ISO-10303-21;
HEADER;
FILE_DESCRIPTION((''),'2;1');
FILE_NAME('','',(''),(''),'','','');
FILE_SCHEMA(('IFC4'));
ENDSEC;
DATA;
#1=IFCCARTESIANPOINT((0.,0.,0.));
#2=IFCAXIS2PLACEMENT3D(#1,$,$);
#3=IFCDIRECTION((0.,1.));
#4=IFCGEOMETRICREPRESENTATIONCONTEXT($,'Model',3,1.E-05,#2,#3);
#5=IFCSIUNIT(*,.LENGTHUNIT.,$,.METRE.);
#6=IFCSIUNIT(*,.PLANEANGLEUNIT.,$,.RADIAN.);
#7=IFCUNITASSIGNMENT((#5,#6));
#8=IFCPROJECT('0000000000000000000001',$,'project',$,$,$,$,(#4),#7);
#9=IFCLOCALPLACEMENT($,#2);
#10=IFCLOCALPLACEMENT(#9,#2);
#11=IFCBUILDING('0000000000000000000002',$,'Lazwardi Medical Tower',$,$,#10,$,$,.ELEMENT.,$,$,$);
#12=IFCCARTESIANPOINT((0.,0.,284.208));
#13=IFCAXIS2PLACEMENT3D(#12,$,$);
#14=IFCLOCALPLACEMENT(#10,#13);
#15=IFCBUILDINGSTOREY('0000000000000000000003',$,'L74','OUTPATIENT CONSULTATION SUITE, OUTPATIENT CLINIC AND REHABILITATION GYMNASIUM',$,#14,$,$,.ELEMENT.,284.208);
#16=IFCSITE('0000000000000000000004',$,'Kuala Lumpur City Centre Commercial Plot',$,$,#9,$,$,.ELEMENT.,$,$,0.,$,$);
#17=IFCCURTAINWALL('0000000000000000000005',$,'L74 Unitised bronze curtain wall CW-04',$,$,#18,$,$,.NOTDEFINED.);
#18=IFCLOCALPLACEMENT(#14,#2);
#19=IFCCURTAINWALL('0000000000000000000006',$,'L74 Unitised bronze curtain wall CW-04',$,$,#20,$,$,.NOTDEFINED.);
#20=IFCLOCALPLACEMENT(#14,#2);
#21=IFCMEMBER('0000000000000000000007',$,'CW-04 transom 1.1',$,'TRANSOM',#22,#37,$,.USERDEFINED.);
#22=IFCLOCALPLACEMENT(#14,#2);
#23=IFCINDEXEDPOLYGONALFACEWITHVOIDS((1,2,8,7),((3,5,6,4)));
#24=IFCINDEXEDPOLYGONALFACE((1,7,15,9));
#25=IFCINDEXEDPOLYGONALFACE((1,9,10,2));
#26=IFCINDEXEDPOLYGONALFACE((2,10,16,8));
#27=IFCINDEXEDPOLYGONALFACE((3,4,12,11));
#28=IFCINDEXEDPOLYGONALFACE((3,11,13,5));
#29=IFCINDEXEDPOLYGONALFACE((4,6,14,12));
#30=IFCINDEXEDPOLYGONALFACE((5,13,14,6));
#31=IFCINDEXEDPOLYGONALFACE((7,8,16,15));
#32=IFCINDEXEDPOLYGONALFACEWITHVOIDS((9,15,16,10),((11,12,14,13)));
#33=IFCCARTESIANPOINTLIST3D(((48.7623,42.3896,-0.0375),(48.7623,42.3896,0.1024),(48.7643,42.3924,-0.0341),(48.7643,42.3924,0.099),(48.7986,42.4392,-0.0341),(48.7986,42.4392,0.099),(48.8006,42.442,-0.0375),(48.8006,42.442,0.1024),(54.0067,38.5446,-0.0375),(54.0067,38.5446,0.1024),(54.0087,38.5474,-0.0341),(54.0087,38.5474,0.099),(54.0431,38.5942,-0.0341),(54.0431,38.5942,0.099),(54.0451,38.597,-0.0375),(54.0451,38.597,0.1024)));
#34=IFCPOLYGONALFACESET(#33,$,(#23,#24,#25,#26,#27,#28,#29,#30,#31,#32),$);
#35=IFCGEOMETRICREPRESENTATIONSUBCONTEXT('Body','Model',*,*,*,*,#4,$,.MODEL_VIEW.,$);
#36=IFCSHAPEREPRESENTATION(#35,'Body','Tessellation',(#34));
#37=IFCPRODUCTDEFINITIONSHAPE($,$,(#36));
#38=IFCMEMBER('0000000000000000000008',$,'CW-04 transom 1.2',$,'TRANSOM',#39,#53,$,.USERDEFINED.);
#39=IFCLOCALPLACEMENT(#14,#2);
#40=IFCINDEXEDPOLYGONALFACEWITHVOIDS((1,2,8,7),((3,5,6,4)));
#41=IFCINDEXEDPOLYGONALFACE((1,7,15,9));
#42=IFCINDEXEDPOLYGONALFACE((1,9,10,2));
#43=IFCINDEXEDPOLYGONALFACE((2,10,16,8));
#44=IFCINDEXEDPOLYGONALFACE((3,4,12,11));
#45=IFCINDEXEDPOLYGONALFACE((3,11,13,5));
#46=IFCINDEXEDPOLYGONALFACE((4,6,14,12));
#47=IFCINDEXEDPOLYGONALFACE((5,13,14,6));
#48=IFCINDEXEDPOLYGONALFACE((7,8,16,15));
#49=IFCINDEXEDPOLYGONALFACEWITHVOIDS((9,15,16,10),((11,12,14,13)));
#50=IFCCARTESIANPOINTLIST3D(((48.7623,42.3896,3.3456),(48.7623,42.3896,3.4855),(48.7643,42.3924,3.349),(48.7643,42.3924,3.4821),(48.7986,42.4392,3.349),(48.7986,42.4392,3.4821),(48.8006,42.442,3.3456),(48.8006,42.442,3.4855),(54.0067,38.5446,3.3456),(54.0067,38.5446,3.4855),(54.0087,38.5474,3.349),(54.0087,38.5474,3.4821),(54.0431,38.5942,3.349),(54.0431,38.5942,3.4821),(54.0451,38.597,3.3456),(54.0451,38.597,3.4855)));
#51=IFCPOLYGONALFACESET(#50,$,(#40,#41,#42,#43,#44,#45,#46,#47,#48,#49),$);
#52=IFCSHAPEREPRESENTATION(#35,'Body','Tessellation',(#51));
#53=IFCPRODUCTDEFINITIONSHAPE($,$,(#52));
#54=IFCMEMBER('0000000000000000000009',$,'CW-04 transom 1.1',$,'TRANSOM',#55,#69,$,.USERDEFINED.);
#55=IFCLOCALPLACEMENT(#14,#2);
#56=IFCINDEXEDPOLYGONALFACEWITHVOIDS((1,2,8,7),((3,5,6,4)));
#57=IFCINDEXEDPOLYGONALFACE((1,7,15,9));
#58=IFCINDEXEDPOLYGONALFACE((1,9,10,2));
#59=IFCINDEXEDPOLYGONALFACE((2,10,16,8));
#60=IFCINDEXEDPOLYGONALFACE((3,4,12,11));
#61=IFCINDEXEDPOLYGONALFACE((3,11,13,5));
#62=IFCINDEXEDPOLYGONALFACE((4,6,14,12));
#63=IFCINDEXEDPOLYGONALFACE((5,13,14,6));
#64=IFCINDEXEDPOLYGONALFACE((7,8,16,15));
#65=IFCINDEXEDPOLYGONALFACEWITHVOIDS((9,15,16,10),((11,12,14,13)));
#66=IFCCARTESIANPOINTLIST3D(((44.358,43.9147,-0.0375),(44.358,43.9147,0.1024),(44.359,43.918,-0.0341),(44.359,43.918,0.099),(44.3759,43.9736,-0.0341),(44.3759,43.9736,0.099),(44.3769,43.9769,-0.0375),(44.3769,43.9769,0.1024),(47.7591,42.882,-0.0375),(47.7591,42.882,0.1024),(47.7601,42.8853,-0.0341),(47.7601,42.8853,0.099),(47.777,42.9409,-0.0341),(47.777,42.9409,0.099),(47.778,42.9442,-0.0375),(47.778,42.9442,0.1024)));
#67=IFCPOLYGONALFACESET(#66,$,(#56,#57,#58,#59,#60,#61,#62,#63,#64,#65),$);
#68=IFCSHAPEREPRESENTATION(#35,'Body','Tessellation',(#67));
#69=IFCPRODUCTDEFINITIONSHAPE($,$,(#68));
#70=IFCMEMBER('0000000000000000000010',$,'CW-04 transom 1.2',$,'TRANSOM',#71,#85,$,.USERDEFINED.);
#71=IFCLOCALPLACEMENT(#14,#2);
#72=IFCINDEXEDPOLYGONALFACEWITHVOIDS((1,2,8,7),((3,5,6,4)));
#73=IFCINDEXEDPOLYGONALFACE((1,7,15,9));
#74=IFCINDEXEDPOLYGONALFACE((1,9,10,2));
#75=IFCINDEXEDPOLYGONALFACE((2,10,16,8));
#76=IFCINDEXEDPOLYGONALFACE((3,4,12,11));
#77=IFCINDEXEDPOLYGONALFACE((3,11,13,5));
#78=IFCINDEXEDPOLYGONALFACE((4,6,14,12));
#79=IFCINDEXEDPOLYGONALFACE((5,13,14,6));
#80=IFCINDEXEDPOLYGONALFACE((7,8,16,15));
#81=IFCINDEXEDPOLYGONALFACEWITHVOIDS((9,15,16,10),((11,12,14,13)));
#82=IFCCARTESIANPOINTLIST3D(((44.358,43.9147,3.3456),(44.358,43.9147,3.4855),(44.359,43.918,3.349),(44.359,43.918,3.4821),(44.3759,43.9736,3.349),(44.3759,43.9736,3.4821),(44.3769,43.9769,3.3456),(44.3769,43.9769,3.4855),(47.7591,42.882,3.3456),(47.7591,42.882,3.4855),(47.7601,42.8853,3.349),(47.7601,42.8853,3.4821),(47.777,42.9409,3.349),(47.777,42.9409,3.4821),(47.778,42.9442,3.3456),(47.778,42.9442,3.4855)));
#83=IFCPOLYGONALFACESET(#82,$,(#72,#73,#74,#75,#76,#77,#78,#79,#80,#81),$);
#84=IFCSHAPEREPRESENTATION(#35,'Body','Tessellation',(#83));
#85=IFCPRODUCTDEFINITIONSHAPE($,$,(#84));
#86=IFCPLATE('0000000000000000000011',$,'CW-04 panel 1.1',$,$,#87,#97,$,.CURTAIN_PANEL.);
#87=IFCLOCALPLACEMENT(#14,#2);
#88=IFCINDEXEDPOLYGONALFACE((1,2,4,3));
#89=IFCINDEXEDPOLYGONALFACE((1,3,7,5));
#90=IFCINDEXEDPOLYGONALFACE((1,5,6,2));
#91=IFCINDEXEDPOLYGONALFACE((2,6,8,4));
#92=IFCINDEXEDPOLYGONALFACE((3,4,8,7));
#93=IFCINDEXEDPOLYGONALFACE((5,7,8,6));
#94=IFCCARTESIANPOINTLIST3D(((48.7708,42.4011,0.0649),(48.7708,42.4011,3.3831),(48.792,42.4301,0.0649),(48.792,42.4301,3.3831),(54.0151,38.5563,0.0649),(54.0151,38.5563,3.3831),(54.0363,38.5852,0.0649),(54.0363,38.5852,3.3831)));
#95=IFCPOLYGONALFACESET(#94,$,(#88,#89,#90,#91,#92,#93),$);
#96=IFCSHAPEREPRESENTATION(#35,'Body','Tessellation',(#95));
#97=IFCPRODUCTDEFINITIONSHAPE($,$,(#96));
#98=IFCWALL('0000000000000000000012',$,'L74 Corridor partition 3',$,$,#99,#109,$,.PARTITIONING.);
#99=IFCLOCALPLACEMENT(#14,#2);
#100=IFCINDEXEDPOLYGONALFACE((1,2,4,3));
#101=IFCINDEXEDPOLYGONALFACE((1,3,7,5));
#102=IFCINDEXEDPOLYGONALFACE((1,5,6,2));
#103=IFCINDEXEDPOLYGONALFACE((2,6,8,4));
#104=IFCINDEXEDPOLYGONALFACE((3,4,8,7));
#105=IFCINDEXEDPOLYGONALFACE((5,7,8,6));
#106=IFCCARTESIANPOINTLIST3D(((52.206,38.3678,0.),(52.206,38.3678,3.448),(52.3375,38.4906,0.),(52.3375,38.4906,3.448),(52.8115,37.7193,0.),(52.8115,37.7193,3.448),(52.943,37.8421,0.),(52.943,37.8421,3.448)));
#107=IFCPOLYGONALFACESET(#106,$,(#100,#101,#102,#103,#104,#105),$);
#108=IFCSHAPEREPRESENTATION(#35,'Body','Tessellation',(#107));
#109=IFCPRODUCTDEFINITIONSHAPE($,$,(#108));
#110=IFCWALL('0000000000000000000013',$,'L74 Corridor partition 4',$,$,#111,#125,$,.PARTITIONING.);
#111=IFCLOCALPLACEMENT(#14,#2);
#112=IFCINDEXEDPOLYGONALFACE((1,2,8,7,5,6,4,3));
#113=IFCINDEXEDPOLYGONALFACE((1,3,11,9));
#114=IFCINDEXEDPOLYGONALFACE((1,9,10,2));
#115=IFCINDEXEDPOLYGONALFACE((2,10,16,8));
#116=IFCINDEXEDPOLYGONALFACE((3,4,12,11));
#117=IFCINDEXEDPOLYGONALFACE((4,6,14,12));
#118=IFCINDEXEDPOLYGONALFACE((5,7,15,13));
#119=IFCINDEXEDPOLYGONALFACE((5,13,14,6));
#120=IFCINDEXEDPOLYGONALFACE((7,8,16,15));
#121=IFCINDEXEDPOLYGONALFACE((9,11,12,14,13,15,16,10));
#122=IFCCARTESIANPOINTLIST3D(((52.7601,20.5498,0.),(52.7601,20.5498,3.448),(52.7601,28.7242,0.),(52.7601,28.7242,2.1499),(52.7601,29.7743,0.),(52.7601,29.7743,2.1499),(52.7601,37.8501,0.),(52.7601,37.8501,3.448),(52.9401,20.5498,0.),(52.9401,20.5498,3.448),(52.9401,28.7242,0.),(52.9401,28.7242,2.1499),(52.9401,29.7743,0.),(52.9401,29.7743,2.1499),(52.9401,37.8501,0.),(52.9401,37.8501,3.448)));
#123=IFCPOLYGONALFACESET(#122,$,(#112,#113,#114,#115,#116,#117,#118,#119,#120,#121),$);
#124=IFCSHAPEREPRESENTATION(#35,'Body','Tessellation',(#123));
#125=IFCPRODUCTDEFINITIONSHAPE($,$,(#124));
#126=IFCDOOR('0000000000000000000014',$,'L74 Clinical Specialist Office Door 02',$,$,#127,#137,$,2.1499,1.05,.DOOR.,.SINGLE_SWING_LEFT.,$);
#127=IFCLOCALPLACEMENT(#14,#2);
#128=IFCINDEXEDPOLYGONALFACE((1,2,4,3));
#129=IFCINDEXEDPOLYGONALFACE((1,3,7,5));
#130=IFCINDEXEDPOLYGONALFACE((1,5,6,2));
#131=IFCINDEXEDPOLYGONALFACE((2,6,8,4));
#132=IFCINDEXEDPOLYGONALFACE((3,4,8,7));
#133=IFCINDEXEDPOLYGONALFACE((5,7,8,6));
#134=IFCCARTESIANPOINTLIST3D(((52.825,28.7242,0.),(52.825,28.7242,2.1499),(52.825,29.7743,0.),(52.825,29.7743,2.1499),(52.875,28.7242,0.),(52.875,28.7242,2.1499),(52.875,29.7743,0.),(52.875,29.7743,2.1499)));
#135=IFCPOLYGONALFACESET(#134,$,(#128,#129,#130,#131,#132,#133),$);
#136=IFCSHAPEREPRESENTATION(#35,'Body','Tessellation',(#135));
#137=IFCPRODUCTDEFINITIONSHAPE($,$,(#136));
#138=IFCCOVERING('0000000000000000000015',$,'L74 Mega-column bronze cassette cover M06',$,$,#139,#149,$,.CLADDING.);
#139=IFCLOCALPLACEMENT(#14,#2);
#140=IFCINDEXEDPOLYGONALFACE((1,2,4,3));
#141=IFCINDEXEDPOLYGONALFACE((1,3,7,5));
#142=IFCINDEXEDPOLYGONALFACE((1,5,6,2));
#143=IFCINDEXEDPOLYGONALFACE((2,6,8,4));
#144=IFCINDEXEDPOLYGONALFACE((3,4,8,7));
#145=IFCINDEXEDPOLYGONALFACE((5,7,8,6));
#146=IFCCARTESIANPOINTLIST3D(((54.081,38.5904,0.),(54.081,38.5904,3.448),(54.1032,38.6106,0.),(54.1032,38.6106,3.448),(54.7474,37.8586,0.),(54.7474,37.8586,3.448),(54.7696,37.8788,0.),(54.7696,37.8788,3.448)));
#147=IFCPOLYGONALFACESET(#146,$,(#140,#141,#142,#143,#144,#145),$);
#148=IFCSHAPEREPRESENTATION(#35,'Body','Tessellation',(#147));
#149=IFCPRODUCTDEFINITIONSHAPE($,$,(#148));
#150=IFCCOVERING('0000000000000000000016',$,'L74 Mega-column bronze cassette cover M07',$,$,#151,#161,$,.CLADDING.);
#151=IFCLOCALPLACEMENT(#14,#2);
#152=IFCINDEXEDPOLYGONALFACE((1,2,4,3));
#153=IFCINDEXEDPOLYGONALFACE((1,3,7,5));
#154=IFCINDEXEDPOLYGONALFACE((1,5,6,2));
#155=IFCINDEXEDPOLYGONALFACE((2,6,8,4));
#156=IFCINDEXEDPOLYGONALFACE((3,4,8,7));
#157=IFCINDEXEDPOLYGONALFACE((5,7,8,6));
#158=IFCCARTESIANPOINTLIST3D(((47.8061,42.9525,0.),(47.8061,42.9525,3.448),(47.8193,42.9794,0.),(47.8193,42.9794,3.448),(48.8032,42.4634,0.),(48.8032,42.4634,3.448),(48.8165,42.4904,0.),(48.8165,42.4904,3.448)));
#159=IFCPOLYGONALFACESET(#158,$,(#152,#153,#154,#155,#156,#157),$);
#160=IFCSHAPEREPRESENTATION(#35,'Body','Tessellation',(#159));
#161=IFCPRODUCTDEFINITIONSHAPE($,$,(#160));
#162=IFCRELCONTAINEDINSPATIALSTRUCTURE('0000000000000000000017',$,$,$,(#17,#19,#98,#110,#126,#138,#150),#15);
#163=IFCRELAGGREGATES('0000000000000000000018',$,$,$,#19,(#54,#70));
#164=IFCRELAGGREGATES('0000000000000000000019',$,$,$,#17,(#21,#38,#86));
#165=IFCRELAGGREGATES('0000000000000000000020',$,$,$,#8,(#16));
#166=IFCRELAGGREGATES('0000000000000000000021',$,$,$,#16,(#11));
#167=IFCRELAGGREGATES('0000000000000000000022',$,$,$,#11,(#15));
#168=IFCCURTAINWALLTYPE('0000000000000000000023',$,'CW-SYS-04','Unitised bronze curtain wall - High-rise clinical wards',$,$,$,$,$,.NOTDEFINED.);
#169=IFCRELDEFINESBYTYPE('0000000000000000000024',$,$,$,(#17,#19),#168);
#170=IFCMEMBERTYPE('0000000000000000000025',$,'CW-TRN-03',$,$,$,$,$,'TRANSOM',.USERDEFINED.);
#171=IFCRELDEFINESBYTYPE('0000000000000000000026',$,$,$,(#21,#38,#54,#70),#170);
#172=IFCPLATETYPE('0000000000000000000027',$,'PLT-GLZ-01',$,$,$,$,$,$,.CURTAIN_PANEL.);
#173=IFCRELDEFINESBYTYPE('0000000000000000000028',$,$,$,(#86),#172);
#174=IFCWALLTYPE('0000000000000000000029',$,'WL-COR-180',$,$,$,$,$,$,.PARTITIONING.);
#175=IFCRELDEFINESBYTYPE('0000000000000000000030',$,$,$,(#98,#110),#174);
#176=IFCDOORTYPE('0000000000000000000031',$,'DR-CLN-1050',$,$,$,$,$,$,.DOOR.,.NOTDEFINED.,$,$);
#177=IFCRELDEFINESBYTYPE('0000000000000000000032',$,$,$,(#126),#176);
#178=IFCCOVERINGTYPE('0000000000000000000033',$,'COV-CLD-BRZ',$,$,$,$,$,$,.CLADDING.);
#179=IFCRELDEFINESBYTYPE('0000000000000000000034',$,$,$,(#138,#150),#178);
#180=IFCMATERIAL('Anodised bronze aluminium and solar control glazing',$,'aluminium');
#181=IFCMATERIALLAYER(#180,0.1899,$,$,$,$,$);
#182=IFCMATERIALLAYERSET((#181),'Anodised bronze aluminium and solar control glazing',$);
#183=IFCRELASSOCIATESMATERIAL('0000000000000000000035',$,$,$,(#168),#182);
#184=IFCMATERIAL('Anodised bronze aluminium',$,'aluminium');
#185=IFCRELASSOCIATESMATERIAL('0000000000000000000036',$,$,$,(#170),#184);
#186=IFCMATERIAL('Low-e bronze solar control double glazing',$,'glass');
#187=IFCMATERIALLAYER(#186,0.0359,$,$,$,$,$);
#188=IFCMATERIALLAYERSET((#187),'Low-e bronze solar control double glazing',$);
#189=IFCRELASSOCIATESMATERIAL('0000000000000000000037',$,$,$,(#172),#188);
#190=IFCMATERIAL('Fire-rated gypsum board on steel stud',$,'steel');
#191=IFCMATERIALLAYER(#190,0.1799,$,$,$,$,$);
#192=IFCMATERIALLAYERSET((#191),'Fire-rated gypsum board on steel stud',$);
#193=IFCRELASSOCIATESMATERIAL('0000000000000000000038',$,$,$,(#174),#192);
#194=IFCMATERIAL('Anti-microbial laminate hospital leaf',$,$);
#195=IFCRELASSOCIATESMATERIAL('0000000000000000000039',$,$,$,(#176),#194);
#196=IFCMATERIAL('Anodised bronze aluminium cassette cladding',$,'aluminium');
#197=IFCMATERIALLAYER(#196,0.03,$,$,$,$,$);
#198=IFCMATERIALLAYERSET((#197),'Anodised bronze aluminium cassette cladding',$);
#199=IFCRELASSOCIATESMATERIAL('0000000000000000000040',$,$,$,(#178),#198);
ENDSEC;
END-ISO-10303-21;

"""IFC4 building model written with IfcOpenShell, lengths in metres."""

from ifc_helpers import new_model, si_unit, direction, frame, frame_2d, origin, origin_2d, place, context, subcontext, project, spatial, rectangle, hollow_rectangle, extrude, material, layer, layer_set, material_profile, profile_set, type_object, element, fill, aggregate, save


model = new_model("IFC4")

# Units and contexts
model_context = context("Model", 3, precision=1e-05, world=origin(), true_north=direction((0.0, 1.0)))
body_context = subcontext(model_context, "Body", "Model", "MODEL_VIEW")
ifc_project = project(units=[si_unit("LENGTHUNIT", "METRE"), si_unit("PLANEANGLEUNIT", "RADIAN")], contexts=[model_context])

# Site, building, storey
site_placement = place(None, origin())
site = spatial("IfcSite", under=ifc_project, at=site_placement, Name="Kuala Lumpur City Centre Commercial Plot", CompositionType="ELEMENT", RefElevation=0.0)
building_placement = place(site_placement, origin())
building = spatial("IfcBuilding", under=site, at=building_placement, Name="Lazwardi Medical Tower", CompositionType="ELEMENT")
storey_placement = place(building_placement, frame((0.0, 0.0, 284.208)))
storey = spatial("IfcBuildingStorey", under=building, at=storey_placement, Name="L74", Description="OUTPATIENT CONSULTATION SUITE, OUTPATIENT CLINIC AND REHABILITATION GYMNASIUM", CompositionType="ELEMENT", Elevation=284.208)

# Shared definitions
ifc_material_1 = material(Name="Anodised bronze aluminium and solar control glazing", Category="aluminium")
ifc_layer_1 = layer(ifc_material_1, 0.1899)
ifc_layer_set_1 = layer_set([ifc_layer_1], Name="Anodised bronze aluminium and solar control glazing")
curtain_wall_type = type_object("IfcCurtainWallType", Name="CW-SYS-04", Description="Unitised bronze curtain wall - High-rise clinical wards", PredefinedType="NOTDEFINED", material=ifc_layer_set_1)
ifc_material_2 = material(Name="Anodised bronze aluminium", Category="aluminium")

# Curtain wall
curtain_wall_1_placement = place(storey_placement, origin())
curtain_wall_1 = element("IfcCurtainWall", 1, at=curtain_wall_1_placement, inside=storey, type_object=curtain_wall_type, Name="L74 Unitised bronze curtain wall CW-04", PredefinedType="NOTDEFINED")

# Curtain wall
curtain_wall_2_placement = place(storey_placement, origin())
curtain_wall_2 = element("IfcCurtainWall", 2, at=curtain_wall_2_placement, inside=storey, type_object=curtain_wall_type, Name="L74 Unitised bronze curtain wall CW-04", PredefinedType="NOTDEFINED")

# Members
ifc_material_profile_1 = material_profile(ifc_material_2, hollow_rectangle(XDim=0.0649, YDim=0.1399, WallThickness=0.0034, at=origin_2d()), Name="ALU-TRANSOM 140x65x3.5")
ifc_profile_set_1 = profile_set([ifc_material_profile_1], Name="Anodised bronze aluminium")
member_type_1 = type_object("IfcMemberType", Name="CW-TRN-03", ElementType="TRANSOM", PredefinedType="USERDEFINED", material=ifc_profile_set_1)
member_1_placement = place(storey_placement, frame((54.0259, 38.5708, 0.0325), z_axis=(-0.806472, 0.591273, 0.0), x_axis=(-0.591273, -0.806472, 0.0)))
member_1 = element("IfcMember", 3, at=member_1_placement, type_object=member_type_1, Name="CW-04 transom 1.1", ObjectType="TRANSOM", PredefinedType="USERDEFINED", context=body_context, shape_type="SweptSolid", body=[
    extrude(hollow_rectangle(XDim=0.0649, YDim=0.1399, WallThickness=0.0034, at=origin_2d()), origin(), (0.0, 0.0, 1.0), 6.5029),
])
member_2_placement = place(storey_placement, frame((54.0259, 38.5708, 3.4155), z_axis=(-0.806472, 0.591273, 0.0), x_axis=(-0.591273, -0.806472, 0.0)))
member_2 = element("IfcMember", 4, at=member_2_placement, type_object=member_type_1, Name="CW-04 transom 1.2", ObjectType="TRANSOM", PredefinedType="USERDEFINED", context=body_context, shape_type="SweptSolid", body=[
    extrude(hollow_rectangle(XDim=0.0649, YDim=0.1399, WallThickness=0.0034, at=origin_2d()), origin(), (0.0, 0.0, 1.0), 6.5029),
])
member_3_placement = place(storey_placement, frame((47.7686, 42.9131, 0.0325), z_axis=(-0.956863, 0.290541, 0.0), x_axis=(-0.290541, -0.956863, 0.0)))
member_3 = element("IfcMember", 5, at=member_3_placement, type_object=member_type_1, Name="CW-04 transom 1.1", ObjectType="TRANSOM", PredefinedType="USERDEFINED", context=body_context, shape_type="SweptSolid", body=[
    extrude(hollow_rectangle(XDim=0.0649, YDim=0.1399, WallThickness=0.0034, at=origin_2d()), origin(), (0.0, 0.0, 1.0), 3.5544),
])
member_4_placement = place(storey_placement, frame((47.7686, 42.9131, 3.4155), z_axis=(-0.956863, 0.290541, 0.0), x_axis=(-0.290541, -0.956863, 0.0)))
member_4 = element("IfcMember", 6, at=member_4_placement, type_object=member_type_1, Name="CW-04 transom 1.2", ObjectType="TRANSOM", PredefinedType="USERDEFINED", context=body_context, shape_type="SweptSolid", body=[
    extrude(hollow_rectangle(XDim=0.0649, YDim=0.1399, WallThickness=0.0034, at=origin_2d()), origin(), (0.0, 0.0, 1.0), 3.5544),
])
aggregate(curtain_wall_2, [member_3, member_4])

# Plate
ifc_material_3 = material(Name="Low-e bronze solar control double glazing", Category="glass")
ifc_layer_2 = layer(ifc_material_3, 0.0359)
ifc_layer_set_2 = layer_set([ifc_layer_2], Name="Low-e bronze solar control double glazing")
plate_type = type_object("IfcPlateType", Name="PLT-GLZ-01", PredefinedType="CURTAIN_PANEL", material=ifc_layer_set_2)
plate_placement = place(storey_placement, frame((51.4036, 40.4932, 0.0649), z_axis=(0.0, 0.0, 1.0), x_axis=(-0.806475, 0.591268, 0.0)))
plate = element("IfcPlate", 7, at=plate_placement, type_object=plate_type, Name="CW-04 panel 1.1", PredefinedType="CURTAIN_PANEL", context=body_context, shape_type="SweptSolid", body=[
    extrude(rectangle(XDim=6.5027, YDim=0.0359, at=origin_2d()), origin(), (0.0, 0.0, 1.0), 3.3181),
])
aggregate(curtain_wall_1, [member_1, member_2, plate])

# Wall
ifc_material_4 = material(Name="Fire-rated gypsum board on steel stud", Category="steel")
ifc_layer_3 = layer(ifc_material_4, 0.1799)
ifc_layer_set_3 = layer_set([ifc_layer_3], Name="Fire-rated gypsum board on steel stud")
wall_type = type_object("IfcWallType", Name="WL-COR-180", PredefinedType="PARTITIONING", material=ifc_layer_set_3)
wall_1_placement = place(storey_placement, frame((52.2717, 38.4292, 0.0), z_axis=(0.0, 0.0, 1.0), x_axis=(0.682475, -0.730909, 0.0)))
element("IfcWall", 8, at=wall_1_placement, inside=storey, type_object=wall_type, Name="L74 Corridor partition 3", PredefinedType="PARTITIONING", context=body_context, shape_type="SweptSolid", body=[
    extrude(rectangle(XDim=0.8872, YDim=0.1799, at=frame_2d((0.4436, 0.0))), origin(), (0.0, 0.0, 1.0), 3.448),
])

# Wall, opening, door
wall_2_placement = place(storey_placement, frame((52.8501, 37.8501, 0.0), z_axis=(0.0, 0.0, 1.0), x_axis=(0.0, -1.0, 0.0)))
wall_2 = element("IfcWall", 9, at=wall_2_placement, inside=storey, type_object=wall_type, Name="L74 Corridor partition 4", PredefinedType="PARTITIONING", context=body_context, shape_type="SweptSolid", body=[
    extrude(rectangle(XDim=17.3003, YDim=0.1799, at=frame_2d((8.6501, 0.0))), origin(), (0.0, 0.0, 1.0), 3.448),
])
opening_placement = place(wall_2_placement, frame((8.0759, 0.0, 0.0)))
opening = element("IfcOpeningElement", 10, at=opening_placement, cuts=wall_2, PredefinedType="OPENING", context=body_context, shape_type="SweptSolid", body=[
    extrude(rectangle(XDim=1.05, YDim=2.1499, at=frame_2d((0.5249, 1.075))), frame((0.0, 0.0999, 0.0), z_axis=(0.0, -1.0, 0.0), x_axis=(1.0, 0.0, 0.0)), (0.0, 0.0, 1.0), 0.2),
])
ifc_material_5 = material(Name="Anti-microbial laminate hospital leaf")
door_type = type_object("IfcDoorType", Name="DR-CLN-1050", OperationType="NOTDEFINED", PredefinedType="DOOR", material=ifc_material_5)
door_placement = place(opening_placement, origin())
door = element("IfcDoor", 11, at=door_placement, inside=storey, type_object=door_type, Name="L74 Clinical Specialist Office Door 02", OperationType="SINGLE_SWING_LEFT", OverallHeight=2.1499, OverallWidth=1.05, PredefinedType="DOOR", context=body_context, shape_type="SweptSolid", body=[
    extrude(rectangle(XDim=1.05, YDim=2.1499, at=frame_2d((0.5249, 1.075))), frame((0.0, 0.0249, 0.0), z_axis=(0.0, -1.0, 0.0), x_axis=(1.0, 0.0, 0.0)), (0.0, 0.0, 1.0), 0.05),
])
fill(opening, door)

# Coverings
ifc_material_6 = material(Name="Anodised bronze aluminium cassette cladding", Category="aluminium")
ifc_layer_4 = layer(ifc_material_6, 0.03)
ifc_layer_set_4 = layer_set([ifc_layer_4], Name="Anodised bronze aluminium cassette cladding")
covering_type = type_object("IfcCoveringType", Name="COV-CLD-BRZ", PredefinedType="CLADDING", material=ifc_layer_set_4)
covering_1_placement = place(storey_placement, frame((54.4253, 38.2346, 0.0), z_axis=(0.0, 0.0, 1.0), x_axis=(-0.673241, 0.739423, 0.0)))
element("IfcCovering", 12, at=covering_1_placement, inside=storey, type_object=covering_type, Name="L74 Mega-column bronze cassette cover M06", PredefinedType="CLADDING", context=body_context, shape_type="SweptSolid", body=[
    extrude(rectangle(XDim=0.9897, YDim=0.03, at=origin_2d()), origin(), (0.0, 0.0, 1.0), 3.448),
])
covering_2_placement = place(storey_placement, frame((48.3113, 42.7214, 0.0), z_axis=(0.0, 0.0, 1.0), x_axis=(-0.89784, 0.440322, 0.0)))
element("IfcCovering", 13, at=covering_2_placement, inside=storey, type_object=covering_type, Name="L74 Mega-column bronze cassette cover M07", PredefinedType="CLADDING", context=body_context, shape_type="SweptSolid", body=[
    extrude(rectangle(XDim=1.1106, YDim=0.03, at=origin_2d()), origin(), (0.0, 0.0, 1.0), 3.448),
])

save(model, "model.ifc")
